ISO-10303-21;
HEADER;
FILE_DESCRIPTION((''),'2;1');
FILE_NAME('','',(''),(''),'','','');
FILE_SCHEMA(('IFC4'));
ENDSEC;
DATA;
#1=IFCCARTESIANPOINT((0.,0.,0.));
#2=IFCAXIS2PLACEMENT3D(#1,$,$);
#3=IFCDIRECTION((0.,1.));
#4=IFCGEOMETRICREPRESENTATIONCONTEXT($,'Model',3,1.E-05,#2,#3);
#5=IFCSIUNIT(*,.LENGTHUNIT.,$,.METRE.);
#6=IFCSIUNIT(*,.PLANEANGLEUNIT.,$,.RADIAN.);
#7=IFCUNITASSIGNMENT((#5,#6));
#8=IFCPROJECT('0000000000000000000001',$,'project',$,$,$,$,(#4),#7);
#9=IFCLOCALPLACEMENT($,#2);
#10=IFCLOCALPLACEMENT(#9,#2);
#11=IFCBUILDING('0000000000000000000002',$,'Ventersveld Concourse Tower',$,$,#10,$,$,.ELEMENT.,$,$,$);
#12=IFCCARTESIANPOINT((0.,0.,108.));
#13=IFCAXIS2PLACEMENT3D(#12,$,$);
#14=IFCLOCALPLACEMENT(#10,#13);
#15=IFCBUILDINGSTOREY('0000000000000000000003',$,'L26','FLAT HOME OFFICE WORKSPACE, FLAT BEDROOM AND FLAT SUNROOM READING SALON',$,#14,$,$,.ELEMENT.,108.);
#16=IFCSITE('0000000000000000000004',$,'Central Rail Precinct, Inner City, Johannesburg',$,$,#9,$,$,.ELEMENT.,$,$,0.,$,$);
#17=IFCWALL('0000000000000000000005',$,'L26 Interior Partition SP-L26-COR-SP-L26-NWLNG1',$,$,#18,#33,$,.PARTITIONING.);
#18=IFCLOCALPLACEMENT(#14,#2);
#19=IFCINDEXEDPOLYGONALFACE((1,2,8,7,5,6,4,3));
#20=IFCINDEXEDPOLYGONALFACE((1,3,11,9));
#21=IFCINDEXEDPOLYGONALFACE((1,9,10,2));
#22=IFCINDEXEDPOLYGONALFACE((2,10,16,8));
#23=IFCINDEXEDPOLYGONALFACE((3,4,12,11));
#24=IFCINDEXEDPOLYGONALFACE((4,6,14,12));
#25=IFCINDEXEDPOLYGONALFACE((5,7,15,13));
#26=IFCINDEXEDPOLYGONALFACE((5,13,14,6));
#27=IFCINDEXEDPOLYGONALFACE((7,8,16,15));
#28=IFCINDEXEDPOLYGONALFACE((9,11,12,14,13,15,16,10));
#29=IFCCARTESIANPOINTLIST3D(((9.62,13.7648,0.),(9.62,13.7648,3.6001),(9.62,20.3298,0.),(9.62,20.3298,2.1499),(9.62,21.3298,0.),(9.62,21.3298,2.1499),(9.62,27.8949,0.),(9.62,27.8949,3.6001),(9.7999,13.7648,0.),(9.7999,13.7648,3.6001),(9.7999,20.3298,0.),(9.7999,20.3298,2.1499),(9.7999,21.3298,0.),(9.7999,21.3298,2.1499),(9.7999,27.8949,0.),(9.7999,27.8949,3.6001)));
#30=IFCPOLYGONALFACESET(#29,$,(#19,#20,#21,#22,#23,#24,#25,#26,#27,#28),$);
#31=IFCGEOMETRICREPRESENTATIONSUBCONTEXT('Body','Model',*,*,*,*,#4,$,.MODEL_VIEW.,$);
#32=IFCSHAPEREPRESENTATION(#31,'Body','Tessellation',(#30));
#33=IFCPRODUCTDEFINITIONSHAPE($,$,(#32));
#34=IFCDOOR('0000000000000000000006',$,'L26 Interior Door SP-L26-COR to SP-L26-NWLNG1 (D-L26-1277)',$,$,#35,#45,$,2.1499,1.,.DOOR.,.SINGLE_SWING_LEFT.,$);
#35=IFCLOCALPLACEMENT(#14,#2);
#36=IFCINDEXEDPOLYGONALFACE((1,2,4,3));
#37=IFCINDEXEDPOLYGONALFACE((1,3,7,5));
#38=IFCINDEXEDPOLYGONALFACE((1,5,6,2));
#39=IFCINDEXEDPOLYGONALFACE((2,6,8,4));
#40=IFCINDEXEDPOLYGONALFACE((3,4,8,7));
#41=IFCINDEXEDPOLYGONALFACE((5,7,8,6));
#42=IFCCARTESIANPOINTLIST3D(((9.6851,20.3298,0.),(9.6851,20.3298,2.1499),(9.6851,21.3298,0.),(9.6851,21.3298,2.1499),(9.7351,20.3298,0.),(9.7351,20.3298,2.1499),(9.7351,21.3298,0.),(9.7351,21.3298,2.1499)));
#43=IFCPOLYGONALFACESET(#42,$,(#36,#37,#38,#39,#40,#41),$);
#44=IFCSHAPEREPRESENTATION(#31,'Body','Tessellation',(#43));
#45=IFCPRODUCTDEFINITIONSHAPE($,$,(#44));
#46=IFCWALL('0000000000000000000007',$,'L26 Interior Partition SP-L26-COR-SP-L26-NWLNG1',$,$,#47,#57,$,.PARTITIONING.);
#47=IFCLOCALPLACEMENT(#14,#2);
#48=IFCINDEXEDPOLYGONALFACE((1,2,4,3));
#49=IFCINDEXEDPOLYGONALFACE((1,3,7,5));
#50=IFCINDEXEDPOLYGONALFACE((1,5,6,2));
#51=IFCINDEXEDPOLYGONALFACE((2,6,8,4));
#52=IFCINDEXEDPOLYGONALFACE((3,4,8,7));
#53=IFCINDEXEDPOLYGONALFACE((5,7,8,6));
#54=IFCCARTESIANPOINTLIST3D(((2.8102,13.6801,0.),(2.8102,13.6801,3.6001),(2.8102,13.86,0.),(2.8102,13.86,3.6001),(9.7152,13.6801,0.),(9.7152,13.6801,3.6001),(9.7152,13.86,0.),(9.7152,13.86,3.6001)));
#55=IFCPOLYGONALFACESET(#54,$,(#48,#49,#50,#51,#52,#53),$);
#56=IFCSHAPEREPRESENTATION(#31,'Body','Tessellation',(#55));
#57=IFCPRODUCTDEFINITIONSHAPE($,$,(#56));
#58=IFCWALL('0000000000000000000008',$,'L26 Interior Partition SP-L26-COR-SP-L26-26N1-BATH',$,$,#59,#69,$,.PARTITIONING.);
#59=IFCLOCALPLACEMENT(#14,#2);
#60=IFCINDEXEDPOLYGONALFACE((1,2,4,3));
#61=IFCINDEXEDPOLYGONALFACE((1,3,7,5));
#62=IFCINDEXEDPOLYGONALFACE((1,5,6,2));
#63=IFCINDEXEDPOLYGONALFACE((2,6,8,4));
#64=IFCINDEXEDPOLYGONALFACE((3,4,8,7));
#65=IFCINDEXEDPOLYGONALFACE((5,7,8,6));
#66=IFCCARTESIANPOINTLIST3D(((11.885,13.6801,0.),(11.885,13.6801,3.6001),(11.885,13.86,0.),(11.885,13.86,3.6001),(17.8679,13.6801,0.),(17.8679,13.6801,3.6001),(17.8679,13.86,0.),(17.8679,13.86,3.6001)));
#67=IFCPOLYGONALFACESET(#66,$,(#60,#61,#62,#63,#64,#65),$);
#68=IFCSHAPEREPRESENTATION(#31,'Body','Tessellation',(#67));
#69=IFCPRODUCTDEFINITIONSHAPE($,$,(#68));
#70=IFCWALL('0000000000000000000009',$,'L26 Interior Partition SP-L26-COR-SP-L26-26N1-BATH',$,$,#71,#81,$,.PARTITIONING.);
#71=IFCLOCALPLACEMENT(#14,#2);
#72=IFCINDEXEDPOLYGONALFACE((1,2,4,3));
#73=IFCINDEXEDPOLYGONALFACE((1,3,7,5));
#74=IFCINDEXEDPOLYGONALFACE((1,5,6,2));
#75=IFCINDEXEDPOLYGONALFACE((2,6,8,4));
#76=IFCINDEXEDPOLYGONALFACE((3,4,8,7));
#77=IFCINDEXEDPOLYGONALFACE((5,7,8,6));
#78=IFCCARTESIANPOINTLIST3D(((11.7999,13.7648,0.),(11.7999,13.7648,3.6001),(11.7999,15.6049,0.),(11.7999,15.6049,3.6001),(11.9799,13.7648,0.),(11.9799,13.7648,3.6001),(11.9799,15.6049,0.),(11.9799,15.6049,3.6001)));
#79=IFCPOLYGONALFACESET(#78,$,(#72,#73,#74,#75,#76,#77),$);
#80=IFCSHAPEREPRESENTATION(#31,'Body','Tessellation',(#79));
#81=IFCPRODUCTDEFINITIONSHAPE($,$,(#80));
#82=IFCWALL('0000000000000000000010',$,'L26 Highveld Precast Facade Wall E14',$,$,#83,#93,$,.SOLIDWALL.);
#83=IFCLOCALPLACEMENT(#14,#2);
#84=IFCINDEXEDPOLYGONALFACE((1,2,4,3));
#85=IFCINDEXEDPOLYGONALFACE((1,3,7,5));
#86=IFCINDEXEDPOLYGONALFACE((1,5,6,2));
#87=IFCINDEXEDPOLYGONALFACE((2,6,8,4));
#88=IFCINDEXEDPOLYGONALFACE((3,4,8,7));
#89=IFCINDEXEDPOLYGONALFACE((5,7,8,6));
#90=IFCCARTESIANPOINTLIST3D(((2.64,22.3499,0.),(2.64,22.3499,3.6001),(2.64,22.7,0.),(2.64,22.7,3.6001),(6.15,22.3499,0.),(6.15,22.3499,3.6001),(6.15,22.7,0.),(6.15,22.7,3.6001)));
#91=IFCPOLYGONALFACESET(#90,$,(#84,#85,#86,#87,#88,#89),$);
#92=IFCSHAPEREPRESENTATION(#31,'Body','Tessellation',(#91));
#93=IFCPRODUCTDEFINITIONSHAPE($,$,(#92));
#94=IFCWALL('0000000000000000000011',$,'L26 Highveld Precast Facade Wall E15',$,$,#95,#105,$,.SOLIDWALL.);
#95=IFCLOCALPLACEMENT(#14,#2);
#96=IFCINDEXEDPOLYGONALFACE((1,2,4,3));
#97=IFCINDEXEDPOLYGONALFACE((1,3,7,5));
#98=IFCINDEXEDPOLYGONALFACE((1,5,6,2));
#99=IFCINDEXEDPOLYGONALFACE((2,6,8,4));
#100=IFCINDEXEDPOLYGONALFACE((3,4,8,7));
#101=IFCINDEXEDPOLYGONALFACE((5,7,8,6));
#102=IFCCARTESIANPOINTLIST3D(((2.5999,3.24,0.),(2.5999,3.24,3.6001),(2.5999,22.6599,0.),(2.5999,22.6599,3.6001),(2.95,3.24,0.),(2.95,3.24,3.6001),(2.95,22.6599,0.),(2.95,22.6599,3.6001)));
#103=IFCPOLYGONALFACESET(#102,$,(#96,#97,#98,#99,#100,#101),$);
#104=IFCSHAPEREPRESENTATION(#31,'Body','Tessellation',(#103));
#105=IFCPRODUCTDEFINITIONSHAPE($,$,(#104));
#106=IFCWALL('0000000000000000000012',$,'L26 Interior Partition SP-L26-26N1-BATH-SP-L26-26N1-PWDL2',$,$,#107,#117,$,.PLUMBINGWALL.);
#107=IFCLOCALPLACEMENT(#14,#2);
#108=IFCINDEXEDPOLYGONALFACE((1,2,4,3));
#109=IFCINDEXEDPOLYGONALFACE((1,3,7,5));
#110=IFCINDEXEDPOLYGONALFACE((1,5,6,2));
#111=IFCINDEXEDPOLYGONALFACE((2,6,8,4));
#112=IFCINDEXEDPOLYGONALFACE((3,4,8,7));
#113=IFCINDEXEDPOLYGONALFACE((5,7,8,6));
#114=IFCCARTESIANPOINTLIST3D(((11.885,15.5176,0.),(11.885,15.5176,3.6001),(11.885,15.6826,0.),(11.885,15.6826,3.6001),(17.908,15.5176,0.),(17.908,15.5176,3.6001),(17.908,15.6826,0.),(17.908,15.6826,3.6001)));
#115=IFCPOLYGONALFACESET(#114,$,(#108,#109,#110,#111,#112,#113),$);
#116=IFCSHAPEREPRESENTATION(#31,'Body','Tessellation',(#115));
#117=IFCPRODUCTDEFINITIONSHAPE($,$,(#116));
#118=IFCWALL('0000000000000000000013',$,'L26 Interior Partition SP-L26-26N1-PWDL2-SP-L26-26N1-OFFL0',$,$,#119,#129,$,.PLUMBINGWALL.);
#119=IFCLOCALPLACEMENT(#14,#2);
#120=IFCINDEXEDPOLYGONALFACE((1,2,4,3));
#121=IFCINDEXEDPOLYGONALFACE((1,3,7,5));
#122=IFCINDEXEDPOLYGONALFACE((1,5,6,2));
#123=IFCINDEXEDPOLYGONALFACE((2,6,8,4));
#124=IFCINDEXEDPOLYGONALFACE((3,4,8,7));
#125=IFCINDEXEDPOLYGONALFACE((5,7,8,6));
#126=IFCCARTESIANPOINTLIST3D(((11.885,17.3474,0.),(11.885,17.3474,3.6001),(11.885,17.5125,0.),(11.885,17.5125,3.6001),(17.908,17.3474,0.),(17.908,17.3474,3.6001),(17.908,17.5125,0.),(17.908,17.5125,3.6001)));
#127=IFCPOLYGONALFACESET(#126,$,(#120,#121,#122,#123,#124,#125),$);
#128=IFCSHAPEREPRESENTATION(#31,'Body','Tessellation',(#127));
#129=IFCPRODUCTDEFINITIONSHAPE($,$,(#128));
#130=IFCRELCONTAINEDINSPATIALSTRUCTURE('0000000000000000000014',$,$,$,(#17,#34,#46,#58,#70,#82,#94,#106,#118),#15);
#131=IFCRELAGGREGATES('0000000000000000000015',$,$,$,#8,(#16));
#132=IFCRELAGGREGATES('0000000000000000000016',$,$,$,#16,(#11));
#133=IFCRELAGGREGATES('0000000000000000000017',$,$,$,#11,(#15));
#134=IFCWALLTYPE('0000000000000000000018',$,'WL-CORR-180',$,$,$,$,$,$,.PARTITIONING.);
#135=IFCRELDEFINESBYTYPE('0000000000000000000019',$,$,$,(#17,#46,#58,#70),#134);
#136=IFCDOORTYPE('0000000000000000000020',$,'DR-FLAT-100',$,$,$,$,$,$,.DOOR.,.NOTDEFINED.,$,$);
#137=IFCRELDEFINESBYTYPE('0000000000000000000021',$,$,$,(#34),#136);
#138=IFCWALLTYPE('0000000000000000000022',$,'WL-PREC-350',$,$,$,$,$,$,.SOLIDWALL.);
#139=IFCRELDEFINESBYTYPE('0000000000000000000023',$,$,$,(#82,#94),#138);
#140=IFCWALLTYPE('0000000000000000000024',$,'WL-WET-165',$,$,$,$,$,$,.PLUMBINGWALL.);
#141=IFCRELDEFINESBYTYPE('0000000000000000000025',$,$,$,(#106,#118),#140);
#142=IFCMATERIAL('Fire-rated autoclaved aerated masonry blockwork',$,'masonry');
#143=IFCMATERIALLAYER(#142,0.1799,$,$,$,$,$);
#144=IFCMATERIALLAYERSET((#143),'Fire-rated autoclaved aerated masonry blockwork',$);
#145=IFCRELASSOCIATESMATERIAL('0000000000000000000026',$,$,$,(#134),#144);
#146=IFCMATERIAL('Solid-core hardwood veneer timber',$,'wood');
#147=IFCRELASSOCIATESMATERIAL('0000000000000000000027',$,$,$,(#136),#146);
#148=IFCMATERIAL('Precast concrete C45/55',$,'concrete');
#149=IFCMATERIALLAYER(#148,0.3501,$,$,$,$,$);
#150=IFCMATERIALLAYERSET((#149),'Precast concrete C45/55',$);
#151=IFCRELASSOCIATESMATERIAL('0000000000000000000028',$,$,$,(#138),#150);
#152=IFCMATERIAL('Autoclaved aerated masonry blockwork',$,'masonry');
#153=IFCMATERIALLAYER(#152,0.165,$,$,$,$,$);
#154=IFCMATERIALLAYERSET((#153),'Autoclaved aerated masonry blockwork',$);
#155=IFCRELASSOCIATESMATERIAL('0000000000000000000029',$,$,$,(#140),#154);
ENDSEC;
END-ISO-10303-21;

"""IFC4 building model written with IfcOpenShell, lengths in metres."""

from ifc_helpers import new_model, si_unit, direction, frame, frame_2d, origin, place, context, subcontext, project, spatial, rectangle, extrude, material, layer, layer_set, type_object, element, fill, save


model = new_model("IFC4")

# Units and contexts
model_context = context("Model", 3, precision=1e-05, world=origin(), true_north=direction((0.0, 1.0)))
body_context = subcontext(model_context, "Body", "Model", "MODEL_VIEW")
ifc_project = project(units=[si_unit("LENGTHUNIT", "METRE"), si_unit("PLANEANGLEUNIT", "RADIAN")], contexts=[model_context])

# Site, building, storey
site_placement = place(None, origin())
site = spatial("IfcSite", under=ifc_project, at=site_placement, Name="Central Rail Precinct, Inner City, Johannesburg", CompositionType="ELEMENT", RefElevation=0.0)
building_placement = place(site_placement, origin())
building = spatial("IfcBuilding", under=site, at=building_placement, Name="Ventersveld Concourse Tower", CompositionType="ELEMENT")
storey_placement = place(building_placement, frame((0.0, 0.0, 108.0)))
storey = spatial("IfcBuildingStorey", under=building, at=storey_placement, Name="L26", Description="FLAT HOME OFFICE WORKSPACE, FLAT BEDROOM AND FLAT SUNROOM READING SALON", CompositionType="ELEMENT", Elevation=108.0)

# Wall, opening, door
ifc_material_1 = material(Name="Fire-rated autoclaved aerated masonry blockwork", Category="masonry")
ifc_layer_1 = layer(ifc_material_1, 0.1799)
ifc_layer_set_1 = layer_set([ifc_layer_1], Name="Fire-rated autoclaved aerated masonry blockwork")
wall_type_1 = type_object("IfcWallType", Name="WL-CORR-180", PredefinedType="PARTITIONING", material=ifc_layer_set_1)
ifc_material_2 = material(Name="Solid-core hardwood veneer timber", Category="wood")
door_type = type_object("IfcDoorType", Name="DR-FLAT-100", OperationType="NOTDEFINED", PredefinedType="DOOR", material=ifc_material_2)
wall_1_placement = place(storey_placement, frame((9.71, 13.7649, 0.0), z_axis=(0.0, 0.0, 1.0), x_axis=(0.0, 1.0, 0.0)))
wall_1 = element("IfcWall", 1, at=wall_1_placement, inside=storey, type_object=wall_type_1, Name="L26 Interior Partition SP-L26-COR-SP-L26-NWLNG1", PredefinedType="PARTITIONING", context=body_context, shape_type="SweptSolid", body=[
    extrude(rectangle(XDim=14.1301, YDim=0.1799, at=frame_2d((7.0649, 0.0))), origin(), (0.0, 0.0, 1.0), 3.6001),
])
opening_1_placement = place(wall_1_placement, frame((6.5649, 0.0, 0.0)))
opening_1 = element("IfcOpeningElement", 2, at=opening_1_placement, cuts=wall_1, PredefinedType="OPENING", context=body_context, shape_type="SweptSolid", body=[
    extrude(rectangle(XDim=1.0, YDim=2.1499, at=frame_2d((0.5, 1.075))), frame((0.0, 0.1001, 0.0), z_axis=(0.0, -1.0, 0.0), x_axis=(1.0, 0.0, 0.0)), (0.0, 0.0, 1.0), 0.2),
])
door_1_placement = place(opening_1_placement, origin())
door_1 = element("IfcDoor", 3, at=door_1_placement, inside=storey, type_object=door_type, Name="L26 Interior Door SP-L26-COR to SP-L26-NWLNG1 (D-L26-1277)", OperationType="SINGLE_SWING_LEFT", OverallHeight=2.1499, OverallWidth=1.0, PredefinedType="DOOR", context=body_context, shape_type="SweptSolid", body=[
    extrude(rectangle(XDim=1.0, YDim=2.1499, at=frame_2d((0.5, 1.075))), frame((0.0, 0.0249, 0.0), z_axis=(0.0, -1.0, 0.0), x_axis=(1.0, 0.0, 0.0)), (0.0, 0.0, 1.0), 0.05),
])
fill(opening_1, door_1)

# Walls
wall_2_placement = place(storey_placement, frame((2.8101, 13.77, 0.0), z_axis=(0.0, 0.0, 1.0), x_axis=(1.0, 0.0, 0.0)))
element("IfcWall", 4, at=wall_2_placement, inside=storey, type_object=wall_type_1, Name="L26 Interior Partition SP-L26-COR-SP-L26-NWLNG1", PredefinedType="PARTITIONING", context=body_context, shape_type="SweptSolid", body=[
    extrude(rectangle(XDim=6.905, YDim=0.1799, at=frame_2d((3.4526, 0.0))), origin(), (0.0, 0.0, 1.0), 3.6001),
])
wall_3_placement = place(storey_placement, frame((11.885, 13.77, 0.0), z_axis=(0.0, 0.0, 1.0), x_axis=(1.0, 0.0, 0.0)))
element("IfcWall", 5, at=wall_3_placement, inside=storey, type_object=wall_type_1, Name="L26 Interior Partition SP-L26-COR-SP-L26-26N1-BATH", PredefinedType="PARTITIONING", context=body_context, shape_type="SweptSolid", body=[
    extrude(rectangle(XDim=5.9829, YDim=0.1799, at=frame_2d((2.9915, 0.0))), origin(), (0.0, 0.0, 1.0), 3.6001),
])
wall_4_placement = place(storey_placement, frame((11.8899, 13.7649, 0.0), z_axis=(0.0, 0.0, 1.0), x_axis=(0.0, 1.0, 0.0)))
element("IfcWall", 6, at=wall_4_placement, inside=storey, type_object=wall_type_1, Name="L26 Interior Partition SP-L26-COR-SP-L26-26N1-BATH", PredefinedType="PARTITIONING", context=body_context, shape_type="SweptSolid", body=[
    extrude(rectangle(XDim=1.8401, YDim=0.1799, at=frame_2d((0.9199, 0.0))), origin(), (0.0, 0.0, 1.0), 3.6001),
])
ifc_material_3 = material(Name="Precast concrete C45/55", Category="concrete")
ifc_layer_2 = layer(ifc_material_3, 0.3501)
ifc_layer_set_2 = layer_set([ifc_layer_2], Name="Precast concrete C45/55")
wall_type_2 = type_object("IfcWallType", Name="WL-PREC-350", PredefinedType="SOLIDWALL", material=ifc_layer_set_2)
wall_5_placement = place(storey_placement, frame((6.1499, 22.5249, 0.0), z_axis=(0.0, 0.0, 1.0), x_axis=(-1.0, 0.0, 0.0)))
element("IfcWall", 7, at=wall_5_placement, inside=storey, type_object=wall_type_2, Name="L26 Highveld Precast Facade Wall E14", PredefinedType="SOLIDWALL", context=body_context, shape_type="SweptSolid", body=[
    extrude(rectangle(XDim=3.51, YDim=0.3501, at=frame_2d((1.7549, 0.0))), origin(), (0.0, 0.0, 1.0), 3.6001),
])
wall_6_placement = place(storey_placement, frame((2.7749, 22.6599, 0.0), z_axis=(0.0, 0.0, 1.0), x_axis=(0.0, -1.0, 0.0)))
element("IfcWall", 8, at=wall_6_placement, inside=storey, type_object=wall_type_2, Name="L26 Highveld Precast Facade Wall E15", PredefinedType="SOLIDWALL", context=body_context, shape_type="SweptSolid", body=[
    extrude(rectangle(XDim=19.4199, YDim=0.3501, at=frame_2d((9.71, 0.0))), origin(), (0.0, 0.0, 1.0), 3.6001),
])
ifc_material_4 = material(Name="Autoclaved aerated masonry blockwork", Category="masonry")
ifc_layer_3 = layer(ifc_material_4, 0.165)
ifc_layer_set_3 = layer_set([ifc_layer_3], Name="Autoclaved aerated masonry blockwork")
wall_type_3 = type_object("IfcWallType", Name="WL-WET-165", PredefinedType="PLUMBINGWALL", material=ifc_layer_set_3)
for number, where, z_axis, x_axis, name in (
    (9, (11.885, 15.6001, 0.0), (0.0, 0.0, 1.0), (1.0, 0.0, 0.0), "L26 Interior Partition SP-L26-26N1-BATH-SP-L26-26N1-PWDL2"),
    (10, (11.885, 17.4299, 0.0), (0.0, 0.0, 1.0), (1.0, 0.0, 0.0), "L26 Interior Partition SP-L26-26N1-PWDL2-SP-L26-26N1-OFFL0"),
):
    element("IfcWall", number, at=place(storey_placement, frame(where, z_axis=z_axis, x_axis=x_axis)), inside=storey, type_object=wall_type_3, Name=name, PredefinedType="PLUMBINGWALL", context=body_context, shape_type="SweptSolid", body=[
        extrude(rectangle(XDim=6.0229, YDim=0.165, at=frame_2d((3.0115, 0.0))), origin(), (0.0, 0.0, 1.0), 3.6001),
    ])

save(model, "model.ifc")
